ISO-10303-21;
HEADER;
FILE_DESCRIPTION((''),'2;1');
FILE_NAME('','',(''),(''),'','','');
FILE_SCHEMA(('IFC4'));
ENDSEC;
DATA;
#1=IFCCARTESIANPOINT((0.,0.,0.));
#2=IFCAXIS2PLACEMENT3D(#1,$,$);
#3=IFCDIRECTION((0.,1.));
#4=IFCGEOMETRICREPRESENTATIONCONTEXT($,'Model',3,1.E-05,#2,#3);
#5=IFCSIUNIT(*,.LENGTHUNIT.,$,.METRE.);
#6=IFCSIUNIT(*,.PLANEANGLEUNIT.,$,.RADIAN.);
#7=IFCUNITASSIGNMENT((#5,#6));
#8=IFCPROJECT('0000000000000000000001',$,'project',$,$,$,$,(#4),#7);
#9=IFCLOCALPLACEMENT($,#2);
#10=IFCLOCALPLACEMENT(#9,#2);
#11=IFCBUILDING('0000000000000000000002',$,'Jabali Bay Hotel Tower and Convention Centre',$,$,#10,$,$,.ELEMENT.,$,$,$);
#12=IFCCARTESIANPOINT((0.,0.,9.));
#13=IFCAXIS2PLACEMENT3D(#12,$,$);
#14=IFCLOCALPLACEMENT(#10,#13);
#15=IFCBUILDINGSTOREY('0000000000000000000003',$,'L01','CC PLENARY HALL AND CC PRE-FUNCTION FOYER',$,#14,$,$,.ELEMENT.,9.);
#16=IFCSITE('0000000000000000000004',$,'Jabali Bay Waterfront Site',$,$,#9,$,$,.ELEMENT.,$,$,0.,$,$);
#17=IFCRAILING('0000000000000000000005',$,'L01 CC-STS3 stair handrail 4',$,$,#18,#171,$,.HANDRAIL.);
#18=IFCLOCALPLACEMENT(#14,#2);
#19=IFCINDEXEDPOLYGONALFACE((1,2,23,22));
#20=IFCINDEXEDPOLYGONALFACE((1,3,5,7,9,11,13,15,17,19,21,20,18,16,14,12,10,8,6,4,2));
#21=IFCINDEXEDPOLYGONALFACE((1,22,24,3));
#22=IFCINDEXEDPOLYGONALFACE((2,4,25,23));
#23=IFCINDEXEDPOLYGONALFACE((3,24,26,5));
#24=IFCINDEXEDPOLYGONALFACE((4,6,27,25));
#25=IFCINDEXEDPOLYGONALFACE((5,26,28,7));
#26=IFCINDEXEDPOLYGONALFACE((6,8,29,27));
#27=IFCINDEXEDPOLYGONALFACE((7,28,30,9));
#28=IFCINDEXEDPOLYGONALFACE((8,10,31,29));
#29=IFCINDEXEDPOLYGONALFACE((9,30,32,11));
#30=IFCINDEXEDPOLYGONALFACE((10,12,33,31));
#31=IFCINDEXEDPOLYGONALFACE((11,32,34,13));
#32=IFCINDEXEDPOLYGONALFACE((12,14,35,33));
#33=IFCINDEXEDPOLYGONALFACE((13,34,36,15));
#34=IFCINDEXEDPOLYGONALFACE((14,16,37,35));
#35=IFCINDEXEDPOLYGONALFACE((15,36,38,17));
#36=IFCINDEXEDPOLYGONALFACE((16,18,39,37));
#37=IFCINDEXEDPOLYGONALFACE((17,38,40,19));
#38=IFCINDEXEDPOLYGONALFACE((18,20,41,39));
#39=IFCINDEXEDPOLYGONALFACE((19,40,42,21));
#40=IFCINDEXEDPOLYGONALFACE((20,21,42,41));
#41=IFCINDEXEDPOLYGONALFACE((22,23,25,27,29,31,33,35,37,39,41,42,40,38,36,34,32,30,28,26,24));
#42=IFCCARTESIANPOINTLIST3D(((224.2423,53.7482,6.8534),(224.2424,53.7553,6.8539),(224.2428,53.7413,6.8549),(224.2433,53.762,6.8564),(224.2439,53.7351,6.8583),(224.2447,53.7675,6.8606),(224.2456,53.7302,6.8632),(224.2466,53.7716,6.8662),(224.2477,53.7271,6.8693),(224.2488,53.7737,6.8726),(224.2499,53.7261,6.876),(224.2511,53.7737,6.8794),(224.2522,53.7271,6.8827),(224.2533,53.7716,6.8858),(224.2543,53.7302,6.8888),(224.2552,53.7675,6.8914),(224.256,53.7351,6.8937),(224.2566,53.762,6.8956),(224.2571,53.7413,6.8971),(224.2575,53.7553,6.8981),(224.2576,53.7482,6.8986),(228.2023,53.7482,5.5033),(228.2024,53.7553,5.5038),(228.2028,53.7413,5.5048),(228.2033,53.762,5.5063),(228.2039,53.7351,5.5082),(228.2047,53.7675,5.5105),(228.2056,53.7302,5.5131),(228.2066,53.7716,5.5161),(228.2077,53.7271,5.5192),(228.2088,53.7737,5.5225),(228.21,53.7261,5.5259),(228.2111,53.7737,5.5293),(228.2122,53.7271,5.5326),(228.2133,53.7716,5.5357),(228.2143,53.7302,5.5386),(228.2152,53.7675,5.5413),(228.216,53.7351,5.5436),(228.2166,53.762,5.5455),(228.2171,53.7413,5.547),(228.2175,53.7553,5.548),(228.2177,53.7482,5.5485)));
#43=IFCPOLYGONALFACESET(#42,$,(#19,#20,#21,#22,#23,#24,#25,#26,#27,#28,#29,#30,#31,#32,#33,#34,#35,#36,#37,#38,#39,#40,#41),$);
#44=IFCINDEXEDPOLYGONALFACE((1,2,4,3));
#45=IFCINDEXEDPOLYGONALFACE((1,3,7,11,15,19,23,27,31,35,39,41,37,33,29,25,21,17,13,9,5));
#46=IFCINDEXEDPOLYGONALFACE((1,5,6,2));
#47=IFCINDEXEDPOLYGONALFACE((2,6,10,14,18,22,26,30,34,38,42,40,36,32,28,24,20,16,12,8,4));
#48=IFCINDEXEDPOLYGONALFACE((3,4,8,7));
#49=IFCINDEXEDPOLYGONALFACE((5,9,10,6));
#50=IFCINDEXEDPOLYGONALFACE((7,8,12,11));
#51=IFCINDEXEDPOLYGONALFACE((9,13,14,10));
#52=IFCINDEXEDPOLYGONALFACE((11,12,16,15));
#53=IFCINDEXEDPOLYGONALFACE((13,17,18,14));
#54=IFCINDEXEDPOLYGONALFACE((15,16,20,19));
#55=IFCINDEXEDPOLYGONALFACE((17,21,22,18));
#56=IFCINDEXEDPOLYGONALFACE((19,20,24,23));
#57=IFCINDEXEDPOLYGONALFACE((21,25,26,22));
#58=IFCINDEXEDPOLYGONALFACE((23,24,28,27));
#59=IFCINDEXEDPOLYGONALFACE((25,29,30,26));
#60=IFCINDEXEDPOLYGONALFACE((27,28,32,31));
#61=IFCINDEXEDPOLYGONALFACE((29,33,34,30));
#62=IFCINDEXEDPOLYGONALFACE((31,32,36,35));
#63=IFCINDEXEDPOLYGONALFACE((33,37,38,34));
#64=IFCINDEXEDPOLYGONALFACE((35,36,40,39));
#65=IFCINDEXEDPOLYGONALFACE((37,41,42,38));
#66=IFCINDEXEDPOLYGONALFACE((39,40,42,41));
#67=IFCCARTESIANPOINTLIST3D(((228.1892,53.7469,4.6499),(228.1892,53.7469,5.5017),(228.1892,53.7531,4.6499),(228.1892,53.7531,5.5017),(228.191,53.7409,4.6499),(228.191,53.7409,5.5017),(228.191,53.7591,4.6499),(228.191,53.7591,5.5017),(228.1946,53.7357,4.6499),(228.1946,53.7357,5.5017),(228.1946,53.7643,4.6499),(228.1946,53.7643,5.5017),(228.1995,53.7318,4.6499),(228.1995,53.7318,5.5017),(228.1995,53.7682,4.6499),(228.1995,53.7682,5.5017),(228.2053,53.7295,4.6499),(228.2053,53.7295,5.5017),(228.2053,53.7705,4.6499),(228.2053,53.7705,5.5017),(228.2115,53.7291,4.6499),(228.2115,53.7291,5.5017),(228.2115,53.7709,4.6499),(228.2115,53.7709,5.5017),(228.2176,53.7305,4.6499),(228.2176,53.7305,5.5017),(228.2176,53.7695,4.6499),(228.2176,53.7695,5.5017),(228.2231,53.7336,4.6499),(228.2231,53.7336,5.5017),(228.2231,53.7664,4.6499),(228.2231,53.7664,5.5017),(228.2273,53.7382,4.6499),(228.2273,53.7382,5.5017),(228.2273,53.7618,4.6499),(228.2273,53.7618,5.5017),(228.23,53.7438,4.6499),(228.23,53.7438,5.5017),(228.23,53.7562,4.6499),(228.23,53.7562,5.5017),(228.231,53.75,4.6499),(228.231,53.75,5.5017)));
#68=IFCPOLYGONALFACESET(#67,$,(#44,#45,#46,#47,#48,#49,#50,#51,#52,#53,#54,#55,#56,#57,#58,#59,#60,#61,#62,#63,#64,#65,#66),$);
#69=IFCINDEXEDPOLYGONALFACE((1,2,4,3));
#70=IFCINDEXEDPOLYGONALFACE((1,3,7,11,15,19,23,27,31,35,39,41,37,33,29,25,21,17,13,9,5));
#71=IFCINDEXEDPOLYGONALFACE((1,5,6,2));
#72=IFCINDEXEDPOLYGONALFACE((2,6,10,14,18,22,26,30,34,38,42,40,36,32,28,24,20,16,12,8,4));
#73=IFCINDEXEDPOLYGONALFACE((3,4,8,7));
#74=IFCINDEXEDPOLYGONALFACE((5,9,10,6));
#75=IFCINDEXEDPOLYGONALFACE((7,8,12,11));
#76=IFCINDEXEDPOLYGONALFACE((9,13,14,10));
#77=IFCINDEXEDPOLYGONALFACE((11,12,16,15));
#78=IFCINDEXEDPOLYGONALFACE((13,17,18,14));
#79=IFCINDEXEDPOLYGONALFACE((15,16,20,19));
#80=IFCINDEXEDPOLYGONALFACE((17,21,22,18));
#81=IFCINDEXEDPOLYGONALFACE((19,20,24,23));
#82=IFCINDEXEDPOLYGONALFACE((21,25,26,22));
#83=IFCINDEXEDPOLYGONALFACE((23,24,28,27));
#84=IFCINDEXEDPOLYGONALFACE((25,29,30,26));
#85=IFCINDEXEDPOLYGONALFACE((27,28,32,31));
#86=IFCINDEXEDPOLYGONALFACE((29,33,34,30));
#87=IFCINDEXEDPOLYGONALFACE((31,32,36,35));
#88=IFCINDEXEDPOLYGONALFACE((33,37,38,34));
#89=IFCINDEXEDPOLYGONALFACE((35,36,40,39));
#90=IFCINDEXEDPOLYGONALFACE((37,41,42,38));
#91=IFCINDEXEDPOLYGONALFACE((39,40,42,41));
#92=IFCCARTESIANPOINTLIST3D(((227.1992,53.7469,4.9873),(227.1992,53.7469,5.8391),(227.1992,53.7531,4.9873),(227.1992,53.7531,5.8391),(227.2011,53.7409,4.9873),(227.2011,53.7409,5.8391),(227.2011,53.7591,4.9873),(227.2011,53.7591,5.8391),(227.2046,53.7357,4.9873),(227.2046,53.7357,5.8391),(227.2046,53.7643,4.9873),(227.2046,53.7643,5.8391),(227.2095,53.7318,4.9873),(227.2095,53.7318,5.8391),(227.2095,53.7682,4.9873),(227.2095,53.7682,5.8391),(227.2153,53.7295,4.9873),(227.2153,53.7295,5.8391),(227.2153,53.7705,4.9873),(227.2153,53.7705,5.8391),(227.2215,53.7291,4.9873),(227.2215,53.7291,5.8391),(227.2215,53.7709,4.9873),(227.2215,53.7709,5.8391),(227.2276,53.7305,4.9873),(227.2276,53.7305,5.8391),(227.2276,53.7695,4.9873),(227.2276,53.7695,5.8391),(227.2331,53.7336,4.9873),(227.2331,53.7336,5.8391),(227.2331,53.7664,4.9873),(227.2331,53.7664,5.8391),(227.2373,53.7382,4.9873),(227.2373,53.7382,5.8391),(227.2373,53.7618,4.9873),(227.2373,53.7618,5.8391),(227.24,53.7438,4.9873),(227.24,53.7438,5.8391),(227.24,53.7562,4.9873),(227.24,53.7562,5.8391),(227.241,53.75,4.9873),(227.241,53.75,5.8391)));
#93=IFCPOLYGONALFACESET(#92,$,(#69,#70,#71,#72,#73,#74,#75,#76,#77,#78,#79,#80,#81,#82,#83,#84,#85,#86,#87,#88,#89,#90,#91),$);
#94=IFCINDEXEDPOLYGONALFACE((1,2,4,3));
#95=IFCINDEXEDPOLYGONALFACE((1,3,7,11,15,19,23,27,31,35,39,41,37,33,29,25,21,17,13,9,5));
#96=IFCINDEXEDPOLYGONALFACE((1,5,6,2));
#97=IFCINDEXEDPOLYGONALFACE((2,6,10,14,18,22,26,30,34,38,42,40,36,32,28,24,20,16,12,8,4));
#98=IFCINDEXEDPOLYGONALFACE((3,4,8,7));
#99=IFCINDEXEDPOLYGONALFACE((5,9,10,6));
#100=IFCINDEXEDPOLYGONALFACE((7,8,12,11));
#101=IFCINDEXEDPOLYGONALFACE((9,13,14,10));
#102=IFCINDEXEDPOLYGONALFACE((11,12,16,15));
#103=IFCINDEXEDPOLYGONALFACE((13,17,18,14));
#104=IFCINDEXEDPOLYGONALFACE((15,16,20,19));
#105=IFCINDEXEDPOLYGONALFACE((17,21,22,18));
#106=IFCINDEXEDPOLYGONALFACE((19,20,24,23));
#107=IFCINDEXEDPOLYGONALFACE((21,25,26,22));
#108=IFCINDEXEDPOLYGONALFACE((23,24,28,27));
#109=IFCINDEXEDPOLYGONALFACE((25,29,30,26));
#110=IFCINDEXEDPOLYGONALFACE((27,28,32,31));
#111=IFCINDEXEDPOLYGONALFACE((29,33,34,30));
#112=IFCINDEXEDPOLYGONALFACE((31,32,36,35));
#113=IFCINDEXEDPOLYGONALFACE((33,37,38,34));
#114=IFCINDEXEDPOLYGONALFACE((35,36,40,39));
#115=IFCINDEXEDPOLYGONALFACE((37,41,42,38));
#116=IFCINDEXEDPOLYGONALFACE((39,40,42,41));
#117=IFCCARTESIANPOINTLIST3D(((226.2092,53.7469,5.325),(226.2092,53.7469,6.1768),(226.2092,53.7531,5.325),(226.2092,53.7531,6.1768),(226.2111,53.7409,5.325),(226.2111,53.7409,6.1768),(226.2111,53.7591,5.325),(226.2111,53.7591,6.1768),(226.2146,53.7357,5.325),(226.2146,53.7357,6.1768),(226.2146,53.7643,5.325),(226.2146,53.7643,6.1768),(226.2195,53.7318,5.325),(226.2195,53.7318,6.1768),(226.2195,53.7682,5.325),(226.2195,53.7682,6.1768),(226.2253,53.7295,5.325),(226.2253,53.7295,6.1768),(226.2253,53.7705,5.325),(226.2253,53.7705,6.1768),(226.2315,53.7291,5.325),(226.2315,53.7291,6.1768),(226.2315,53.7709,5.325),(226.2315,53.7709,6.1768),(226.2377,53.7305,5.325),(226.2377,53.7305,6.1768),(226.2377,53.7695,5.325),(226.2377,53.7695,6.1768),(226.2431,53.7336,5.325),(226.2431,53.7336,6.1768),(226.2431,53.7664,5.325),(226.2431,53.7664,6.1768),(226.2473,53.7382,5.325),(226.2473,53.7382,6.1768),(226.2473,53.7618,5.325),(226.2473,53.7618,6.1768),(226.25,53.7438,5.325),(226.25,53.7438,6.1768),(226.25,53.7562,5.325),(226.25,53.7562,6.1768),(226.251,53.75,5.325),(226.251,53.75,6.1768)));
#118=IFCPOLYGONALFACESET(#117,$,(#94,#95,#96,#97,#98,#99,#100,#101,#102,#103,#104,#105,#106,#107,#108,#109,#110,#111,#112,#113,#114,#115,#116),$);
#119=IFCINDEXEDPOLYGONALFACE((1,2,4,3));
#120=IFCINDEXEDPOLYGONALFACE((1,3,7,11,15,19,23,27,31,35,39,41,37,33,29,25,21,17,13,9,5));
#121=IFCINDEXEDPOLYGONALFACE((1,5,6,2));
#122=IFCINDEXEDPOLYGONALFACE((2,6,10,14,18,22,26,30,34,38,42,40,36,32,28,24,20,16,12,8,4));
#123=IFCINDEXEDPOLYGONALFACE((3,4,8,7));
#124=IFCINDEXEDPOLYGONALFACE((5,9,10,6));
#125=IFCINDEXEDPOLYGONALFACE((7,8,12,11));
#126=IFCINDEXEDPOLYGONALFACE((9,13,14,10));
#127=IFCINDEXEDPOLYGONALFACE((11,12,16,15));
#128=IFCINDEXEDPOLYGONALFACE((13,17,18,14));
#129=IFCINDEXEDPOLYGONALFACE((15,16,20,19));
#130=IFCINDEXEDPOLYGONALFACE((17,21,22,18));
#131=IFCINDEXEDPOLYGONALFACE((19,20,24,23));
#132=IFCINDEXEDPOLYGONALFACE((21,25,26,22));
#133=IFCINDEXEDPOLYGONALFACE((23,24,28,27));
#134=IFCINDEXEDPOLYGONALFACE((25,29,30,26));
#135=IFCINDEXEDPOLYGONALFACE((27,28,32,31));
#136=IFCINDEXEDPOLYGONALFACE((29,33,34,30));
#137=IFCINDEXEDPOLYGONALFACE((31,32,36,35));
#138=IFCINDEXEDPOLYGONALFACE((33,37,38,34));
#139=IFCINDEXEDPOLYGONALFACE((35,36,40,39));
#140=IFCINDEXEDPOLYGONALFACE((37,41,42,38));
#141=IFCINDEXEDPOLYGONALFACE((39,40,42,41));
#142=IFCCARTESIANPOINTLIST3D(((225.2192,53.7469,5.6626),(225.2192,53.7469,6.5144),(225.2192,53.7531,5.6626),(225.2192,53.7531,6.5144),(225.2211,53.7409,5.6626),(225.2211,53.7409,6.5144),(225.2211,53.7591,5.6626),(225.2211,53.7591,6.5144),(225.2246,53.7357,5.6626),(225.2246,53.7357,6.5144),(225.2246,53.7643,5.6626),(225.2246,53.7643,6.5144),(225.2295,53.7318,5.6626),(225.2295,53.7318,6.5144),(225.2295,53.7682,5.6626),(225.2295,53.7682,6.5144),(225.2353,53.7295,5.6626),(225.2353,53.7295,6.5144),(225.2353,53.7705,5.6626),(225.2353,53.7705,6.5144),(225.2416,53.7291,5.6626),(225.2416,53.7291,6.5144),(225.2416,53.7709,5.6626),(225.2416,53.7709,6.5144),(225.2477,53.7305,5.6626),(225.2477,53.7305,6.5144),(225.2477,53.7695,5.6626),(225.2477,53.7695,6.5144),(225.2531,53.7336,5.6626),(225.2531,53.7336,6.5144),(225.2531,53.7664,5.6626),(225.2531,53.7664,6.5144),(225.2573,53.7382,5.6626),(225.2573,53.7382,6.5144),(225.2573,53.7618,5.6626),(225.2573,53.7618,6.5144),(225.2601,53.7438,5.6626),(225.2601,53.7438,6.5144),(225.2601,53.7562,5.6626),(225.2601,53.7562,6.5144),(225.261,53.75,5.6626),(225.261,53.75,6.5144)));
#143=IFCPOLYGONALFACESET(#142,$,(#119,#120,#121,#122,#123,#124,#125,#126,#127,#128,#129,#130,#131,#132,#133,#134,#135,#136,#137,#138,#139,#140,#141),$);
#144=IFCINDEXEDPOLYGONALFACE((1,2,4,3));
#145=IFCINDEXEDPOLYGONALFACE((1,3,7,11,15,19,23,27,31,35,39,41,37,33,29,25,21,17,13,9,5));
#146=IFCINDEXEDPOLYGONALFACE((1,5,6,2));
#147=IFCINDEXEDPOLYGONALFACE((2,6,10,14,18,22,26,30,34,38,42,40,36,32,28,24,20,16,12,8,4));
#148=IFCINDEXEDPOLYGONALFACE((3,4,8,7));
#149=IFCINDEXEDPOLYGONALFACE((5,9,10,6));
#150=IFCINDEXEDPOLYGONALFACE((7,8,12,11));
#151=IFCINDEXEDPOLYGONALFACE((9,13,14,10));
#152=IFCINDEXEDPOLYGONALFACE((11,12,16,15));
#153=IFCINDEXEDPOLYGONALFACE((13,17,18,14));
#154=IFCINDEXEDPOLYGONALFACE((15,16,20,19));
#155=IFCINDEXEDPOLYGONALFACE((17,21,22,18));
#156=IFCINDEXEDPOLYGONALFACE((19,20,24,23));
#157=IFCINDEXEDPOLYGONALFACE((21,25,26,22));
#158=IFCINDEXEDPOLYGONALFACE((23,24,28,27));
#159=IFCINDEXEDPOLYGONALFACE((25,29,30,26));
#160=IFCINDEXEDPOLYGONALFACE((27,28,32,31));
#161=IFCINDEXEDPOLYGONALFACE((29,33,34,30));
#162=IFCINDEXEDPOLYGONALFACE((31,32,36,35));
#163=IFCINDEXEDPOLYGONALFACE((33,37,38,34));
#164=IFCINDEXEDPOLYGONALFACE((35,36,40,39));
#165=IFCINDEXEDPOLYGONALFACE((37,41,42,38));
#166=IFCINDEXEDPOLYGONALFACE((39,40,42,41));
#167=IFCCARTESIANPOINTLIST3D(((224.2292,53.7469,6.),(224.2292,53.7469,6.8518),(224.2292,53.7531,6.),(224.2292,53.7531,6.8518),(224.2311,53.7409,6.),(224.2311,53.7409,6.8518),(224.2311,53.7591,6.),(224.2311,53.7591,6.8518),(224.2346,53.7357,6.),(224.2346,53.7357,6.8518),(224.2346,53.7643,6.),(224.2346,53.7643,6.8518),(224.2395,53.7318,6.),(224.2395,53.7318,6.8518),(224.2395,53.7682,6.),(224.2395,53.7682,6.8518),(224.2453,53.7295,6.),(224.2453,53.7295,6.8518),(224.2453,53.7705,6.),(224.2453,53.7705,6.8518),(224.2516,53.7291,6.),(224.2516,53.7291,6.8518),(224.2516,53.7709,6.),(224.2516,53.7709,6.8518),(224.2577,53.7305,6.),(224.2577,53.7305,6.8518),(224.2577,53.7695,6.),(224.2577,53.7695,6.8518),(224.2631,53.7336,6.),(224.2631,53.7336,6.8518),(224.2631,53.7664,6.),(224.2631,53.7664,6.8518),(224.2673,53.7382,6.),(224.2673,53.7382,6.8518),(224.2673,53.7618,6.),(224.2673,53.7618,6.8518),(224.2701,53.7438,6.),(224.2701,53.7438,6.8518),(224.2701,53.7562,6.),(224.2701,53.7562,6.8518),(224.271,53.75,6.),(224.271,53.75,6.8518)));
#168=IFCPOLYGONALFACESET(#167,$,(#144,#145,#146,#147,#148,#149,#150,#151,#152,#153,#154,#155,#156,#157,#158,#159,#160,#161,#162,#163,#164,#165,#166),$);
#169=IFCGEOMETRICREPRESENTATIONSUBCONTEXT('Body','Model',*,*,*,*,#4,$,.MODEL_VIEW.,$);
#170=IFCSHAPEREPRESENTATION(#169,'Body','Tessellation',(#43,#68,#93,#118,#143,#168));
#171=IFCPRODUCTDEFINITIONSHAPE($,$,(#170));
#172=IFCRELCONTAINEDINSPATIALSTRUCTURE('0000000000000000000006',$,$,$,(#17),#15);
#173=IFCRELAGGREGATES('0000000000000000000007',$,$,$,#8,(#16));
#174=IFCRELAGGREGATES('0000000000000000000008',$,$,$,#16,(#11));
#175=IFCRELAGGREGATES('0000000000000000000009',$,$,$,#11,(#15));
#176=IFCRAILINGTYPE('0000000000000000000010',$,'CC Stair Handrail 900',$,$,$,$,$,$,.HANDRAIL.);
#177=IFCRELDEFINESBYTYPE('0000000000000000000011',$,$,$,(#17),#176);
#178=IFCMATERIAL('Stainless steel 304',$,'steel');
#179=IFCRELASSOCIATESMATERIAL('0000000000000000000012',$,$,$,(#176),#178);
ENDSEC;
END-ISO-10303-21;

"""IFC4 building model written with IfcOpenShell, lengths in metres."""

from ifc_helpers import new_model, si_unit, direction, frame, origin, origin_2d, place, context, subcontext, project, spatial, circle, extrude, material, type_object, element, save


model = new_model("IFC4")

# Units and contexts
model_context = context("Model", 3, precision=1e-05, world=origin(), true_north=direction((0.0, 1.0)))
body_context = subcontext(model_context, "Body", "Model", "MODEL_VIEW")
ifc_project = project(units=[si_unit("LENGTHUNIT", "METRE"), si_unit("PLANEANGLEUNIT", "RADIAN")], contexts=[model_context])

# Site, building, storey
site_placement = place(None, origin())
site = spatial("IfcSite", under=ifc_project, at=site_placement, Name="Jabali Bay Waterfront Site", CompositionType="ELEMENT", RefElevation=0.0)
building_placement = place(site_placement, origin())
building = spatial("IfcBuilding", under=site, at=building_placement, Name="Jabali Bay Hotel Tower and Convention Centre", CompositionType="ELEMENT")
storey_placement = place(building_placement, frame((0.0, 0.0, 9.0)))
storey = spatial("IfcBuildingStorey", under=building, at=storey_placement, Name="L01", Description="CC PLENARY HALL AND CC PRE-FUNCTION FOYER", CompositionType="ELEMENT", Elevation=9.0)

# Railing
ifc_material_1 = material(Name="Stainless steel 304", Category="steel")
railing_type_1 = type_object("IfcRailingType", Name="CC Stair Handrail 900", PredefinedType="HANDRAIL", material=ifc_material_1)
railing_1_placement = place(storey_placement, frame((228.21, 53.75, 4.6499)))
element("IfcRailing", 1, at=railing_1_placement, inside=storey, type_object=railing_type_1, Name="L01 CC-STS3 stair handrail 4", PredefinedType="HANDRAIL", context=body_context, shape_type="SweptSolid", body=[
    extrude(circle(Radius=0.0239, at=origin_2d()), frame((0.0, 0.0, 0.876), z_axis=(-0.946502, 0.0, 0.322698), x_axis=(0.0, -1.0, 0.0)), (0.0, 0.0, 1.0), 4.1838),
    extrude(circle(Radius=0.021, at=origin_2d()), origin(), (0.0, 0.0, 1.0), 0.8518),
    extrude(circle(Radius=0.021, at=origin_2d()), frame((-0.99, 0.0, 0.3374)), (0.0, 0.0, 1.0), 0.8518),
    extrude(circle(Radius=0.021, at=origin_2d()), frame((-1.98, 0.0, 0.675)), (0.0, 0.0, 1.0), 0.8518),
    extrude(circle(Radius=0.021, at=origin_2d()), frame((-2.97, 0.0, 1.0127)), (0.0, 0.0, 1.0), 0.8518),
    extrude(circle(Radius=0.021, at=origin_2d()), frame((-3.96, 0.0, 1.3501)), (0.0, 0.0, 1.0), 0.8518),
])

save(model, "model.ifc")
